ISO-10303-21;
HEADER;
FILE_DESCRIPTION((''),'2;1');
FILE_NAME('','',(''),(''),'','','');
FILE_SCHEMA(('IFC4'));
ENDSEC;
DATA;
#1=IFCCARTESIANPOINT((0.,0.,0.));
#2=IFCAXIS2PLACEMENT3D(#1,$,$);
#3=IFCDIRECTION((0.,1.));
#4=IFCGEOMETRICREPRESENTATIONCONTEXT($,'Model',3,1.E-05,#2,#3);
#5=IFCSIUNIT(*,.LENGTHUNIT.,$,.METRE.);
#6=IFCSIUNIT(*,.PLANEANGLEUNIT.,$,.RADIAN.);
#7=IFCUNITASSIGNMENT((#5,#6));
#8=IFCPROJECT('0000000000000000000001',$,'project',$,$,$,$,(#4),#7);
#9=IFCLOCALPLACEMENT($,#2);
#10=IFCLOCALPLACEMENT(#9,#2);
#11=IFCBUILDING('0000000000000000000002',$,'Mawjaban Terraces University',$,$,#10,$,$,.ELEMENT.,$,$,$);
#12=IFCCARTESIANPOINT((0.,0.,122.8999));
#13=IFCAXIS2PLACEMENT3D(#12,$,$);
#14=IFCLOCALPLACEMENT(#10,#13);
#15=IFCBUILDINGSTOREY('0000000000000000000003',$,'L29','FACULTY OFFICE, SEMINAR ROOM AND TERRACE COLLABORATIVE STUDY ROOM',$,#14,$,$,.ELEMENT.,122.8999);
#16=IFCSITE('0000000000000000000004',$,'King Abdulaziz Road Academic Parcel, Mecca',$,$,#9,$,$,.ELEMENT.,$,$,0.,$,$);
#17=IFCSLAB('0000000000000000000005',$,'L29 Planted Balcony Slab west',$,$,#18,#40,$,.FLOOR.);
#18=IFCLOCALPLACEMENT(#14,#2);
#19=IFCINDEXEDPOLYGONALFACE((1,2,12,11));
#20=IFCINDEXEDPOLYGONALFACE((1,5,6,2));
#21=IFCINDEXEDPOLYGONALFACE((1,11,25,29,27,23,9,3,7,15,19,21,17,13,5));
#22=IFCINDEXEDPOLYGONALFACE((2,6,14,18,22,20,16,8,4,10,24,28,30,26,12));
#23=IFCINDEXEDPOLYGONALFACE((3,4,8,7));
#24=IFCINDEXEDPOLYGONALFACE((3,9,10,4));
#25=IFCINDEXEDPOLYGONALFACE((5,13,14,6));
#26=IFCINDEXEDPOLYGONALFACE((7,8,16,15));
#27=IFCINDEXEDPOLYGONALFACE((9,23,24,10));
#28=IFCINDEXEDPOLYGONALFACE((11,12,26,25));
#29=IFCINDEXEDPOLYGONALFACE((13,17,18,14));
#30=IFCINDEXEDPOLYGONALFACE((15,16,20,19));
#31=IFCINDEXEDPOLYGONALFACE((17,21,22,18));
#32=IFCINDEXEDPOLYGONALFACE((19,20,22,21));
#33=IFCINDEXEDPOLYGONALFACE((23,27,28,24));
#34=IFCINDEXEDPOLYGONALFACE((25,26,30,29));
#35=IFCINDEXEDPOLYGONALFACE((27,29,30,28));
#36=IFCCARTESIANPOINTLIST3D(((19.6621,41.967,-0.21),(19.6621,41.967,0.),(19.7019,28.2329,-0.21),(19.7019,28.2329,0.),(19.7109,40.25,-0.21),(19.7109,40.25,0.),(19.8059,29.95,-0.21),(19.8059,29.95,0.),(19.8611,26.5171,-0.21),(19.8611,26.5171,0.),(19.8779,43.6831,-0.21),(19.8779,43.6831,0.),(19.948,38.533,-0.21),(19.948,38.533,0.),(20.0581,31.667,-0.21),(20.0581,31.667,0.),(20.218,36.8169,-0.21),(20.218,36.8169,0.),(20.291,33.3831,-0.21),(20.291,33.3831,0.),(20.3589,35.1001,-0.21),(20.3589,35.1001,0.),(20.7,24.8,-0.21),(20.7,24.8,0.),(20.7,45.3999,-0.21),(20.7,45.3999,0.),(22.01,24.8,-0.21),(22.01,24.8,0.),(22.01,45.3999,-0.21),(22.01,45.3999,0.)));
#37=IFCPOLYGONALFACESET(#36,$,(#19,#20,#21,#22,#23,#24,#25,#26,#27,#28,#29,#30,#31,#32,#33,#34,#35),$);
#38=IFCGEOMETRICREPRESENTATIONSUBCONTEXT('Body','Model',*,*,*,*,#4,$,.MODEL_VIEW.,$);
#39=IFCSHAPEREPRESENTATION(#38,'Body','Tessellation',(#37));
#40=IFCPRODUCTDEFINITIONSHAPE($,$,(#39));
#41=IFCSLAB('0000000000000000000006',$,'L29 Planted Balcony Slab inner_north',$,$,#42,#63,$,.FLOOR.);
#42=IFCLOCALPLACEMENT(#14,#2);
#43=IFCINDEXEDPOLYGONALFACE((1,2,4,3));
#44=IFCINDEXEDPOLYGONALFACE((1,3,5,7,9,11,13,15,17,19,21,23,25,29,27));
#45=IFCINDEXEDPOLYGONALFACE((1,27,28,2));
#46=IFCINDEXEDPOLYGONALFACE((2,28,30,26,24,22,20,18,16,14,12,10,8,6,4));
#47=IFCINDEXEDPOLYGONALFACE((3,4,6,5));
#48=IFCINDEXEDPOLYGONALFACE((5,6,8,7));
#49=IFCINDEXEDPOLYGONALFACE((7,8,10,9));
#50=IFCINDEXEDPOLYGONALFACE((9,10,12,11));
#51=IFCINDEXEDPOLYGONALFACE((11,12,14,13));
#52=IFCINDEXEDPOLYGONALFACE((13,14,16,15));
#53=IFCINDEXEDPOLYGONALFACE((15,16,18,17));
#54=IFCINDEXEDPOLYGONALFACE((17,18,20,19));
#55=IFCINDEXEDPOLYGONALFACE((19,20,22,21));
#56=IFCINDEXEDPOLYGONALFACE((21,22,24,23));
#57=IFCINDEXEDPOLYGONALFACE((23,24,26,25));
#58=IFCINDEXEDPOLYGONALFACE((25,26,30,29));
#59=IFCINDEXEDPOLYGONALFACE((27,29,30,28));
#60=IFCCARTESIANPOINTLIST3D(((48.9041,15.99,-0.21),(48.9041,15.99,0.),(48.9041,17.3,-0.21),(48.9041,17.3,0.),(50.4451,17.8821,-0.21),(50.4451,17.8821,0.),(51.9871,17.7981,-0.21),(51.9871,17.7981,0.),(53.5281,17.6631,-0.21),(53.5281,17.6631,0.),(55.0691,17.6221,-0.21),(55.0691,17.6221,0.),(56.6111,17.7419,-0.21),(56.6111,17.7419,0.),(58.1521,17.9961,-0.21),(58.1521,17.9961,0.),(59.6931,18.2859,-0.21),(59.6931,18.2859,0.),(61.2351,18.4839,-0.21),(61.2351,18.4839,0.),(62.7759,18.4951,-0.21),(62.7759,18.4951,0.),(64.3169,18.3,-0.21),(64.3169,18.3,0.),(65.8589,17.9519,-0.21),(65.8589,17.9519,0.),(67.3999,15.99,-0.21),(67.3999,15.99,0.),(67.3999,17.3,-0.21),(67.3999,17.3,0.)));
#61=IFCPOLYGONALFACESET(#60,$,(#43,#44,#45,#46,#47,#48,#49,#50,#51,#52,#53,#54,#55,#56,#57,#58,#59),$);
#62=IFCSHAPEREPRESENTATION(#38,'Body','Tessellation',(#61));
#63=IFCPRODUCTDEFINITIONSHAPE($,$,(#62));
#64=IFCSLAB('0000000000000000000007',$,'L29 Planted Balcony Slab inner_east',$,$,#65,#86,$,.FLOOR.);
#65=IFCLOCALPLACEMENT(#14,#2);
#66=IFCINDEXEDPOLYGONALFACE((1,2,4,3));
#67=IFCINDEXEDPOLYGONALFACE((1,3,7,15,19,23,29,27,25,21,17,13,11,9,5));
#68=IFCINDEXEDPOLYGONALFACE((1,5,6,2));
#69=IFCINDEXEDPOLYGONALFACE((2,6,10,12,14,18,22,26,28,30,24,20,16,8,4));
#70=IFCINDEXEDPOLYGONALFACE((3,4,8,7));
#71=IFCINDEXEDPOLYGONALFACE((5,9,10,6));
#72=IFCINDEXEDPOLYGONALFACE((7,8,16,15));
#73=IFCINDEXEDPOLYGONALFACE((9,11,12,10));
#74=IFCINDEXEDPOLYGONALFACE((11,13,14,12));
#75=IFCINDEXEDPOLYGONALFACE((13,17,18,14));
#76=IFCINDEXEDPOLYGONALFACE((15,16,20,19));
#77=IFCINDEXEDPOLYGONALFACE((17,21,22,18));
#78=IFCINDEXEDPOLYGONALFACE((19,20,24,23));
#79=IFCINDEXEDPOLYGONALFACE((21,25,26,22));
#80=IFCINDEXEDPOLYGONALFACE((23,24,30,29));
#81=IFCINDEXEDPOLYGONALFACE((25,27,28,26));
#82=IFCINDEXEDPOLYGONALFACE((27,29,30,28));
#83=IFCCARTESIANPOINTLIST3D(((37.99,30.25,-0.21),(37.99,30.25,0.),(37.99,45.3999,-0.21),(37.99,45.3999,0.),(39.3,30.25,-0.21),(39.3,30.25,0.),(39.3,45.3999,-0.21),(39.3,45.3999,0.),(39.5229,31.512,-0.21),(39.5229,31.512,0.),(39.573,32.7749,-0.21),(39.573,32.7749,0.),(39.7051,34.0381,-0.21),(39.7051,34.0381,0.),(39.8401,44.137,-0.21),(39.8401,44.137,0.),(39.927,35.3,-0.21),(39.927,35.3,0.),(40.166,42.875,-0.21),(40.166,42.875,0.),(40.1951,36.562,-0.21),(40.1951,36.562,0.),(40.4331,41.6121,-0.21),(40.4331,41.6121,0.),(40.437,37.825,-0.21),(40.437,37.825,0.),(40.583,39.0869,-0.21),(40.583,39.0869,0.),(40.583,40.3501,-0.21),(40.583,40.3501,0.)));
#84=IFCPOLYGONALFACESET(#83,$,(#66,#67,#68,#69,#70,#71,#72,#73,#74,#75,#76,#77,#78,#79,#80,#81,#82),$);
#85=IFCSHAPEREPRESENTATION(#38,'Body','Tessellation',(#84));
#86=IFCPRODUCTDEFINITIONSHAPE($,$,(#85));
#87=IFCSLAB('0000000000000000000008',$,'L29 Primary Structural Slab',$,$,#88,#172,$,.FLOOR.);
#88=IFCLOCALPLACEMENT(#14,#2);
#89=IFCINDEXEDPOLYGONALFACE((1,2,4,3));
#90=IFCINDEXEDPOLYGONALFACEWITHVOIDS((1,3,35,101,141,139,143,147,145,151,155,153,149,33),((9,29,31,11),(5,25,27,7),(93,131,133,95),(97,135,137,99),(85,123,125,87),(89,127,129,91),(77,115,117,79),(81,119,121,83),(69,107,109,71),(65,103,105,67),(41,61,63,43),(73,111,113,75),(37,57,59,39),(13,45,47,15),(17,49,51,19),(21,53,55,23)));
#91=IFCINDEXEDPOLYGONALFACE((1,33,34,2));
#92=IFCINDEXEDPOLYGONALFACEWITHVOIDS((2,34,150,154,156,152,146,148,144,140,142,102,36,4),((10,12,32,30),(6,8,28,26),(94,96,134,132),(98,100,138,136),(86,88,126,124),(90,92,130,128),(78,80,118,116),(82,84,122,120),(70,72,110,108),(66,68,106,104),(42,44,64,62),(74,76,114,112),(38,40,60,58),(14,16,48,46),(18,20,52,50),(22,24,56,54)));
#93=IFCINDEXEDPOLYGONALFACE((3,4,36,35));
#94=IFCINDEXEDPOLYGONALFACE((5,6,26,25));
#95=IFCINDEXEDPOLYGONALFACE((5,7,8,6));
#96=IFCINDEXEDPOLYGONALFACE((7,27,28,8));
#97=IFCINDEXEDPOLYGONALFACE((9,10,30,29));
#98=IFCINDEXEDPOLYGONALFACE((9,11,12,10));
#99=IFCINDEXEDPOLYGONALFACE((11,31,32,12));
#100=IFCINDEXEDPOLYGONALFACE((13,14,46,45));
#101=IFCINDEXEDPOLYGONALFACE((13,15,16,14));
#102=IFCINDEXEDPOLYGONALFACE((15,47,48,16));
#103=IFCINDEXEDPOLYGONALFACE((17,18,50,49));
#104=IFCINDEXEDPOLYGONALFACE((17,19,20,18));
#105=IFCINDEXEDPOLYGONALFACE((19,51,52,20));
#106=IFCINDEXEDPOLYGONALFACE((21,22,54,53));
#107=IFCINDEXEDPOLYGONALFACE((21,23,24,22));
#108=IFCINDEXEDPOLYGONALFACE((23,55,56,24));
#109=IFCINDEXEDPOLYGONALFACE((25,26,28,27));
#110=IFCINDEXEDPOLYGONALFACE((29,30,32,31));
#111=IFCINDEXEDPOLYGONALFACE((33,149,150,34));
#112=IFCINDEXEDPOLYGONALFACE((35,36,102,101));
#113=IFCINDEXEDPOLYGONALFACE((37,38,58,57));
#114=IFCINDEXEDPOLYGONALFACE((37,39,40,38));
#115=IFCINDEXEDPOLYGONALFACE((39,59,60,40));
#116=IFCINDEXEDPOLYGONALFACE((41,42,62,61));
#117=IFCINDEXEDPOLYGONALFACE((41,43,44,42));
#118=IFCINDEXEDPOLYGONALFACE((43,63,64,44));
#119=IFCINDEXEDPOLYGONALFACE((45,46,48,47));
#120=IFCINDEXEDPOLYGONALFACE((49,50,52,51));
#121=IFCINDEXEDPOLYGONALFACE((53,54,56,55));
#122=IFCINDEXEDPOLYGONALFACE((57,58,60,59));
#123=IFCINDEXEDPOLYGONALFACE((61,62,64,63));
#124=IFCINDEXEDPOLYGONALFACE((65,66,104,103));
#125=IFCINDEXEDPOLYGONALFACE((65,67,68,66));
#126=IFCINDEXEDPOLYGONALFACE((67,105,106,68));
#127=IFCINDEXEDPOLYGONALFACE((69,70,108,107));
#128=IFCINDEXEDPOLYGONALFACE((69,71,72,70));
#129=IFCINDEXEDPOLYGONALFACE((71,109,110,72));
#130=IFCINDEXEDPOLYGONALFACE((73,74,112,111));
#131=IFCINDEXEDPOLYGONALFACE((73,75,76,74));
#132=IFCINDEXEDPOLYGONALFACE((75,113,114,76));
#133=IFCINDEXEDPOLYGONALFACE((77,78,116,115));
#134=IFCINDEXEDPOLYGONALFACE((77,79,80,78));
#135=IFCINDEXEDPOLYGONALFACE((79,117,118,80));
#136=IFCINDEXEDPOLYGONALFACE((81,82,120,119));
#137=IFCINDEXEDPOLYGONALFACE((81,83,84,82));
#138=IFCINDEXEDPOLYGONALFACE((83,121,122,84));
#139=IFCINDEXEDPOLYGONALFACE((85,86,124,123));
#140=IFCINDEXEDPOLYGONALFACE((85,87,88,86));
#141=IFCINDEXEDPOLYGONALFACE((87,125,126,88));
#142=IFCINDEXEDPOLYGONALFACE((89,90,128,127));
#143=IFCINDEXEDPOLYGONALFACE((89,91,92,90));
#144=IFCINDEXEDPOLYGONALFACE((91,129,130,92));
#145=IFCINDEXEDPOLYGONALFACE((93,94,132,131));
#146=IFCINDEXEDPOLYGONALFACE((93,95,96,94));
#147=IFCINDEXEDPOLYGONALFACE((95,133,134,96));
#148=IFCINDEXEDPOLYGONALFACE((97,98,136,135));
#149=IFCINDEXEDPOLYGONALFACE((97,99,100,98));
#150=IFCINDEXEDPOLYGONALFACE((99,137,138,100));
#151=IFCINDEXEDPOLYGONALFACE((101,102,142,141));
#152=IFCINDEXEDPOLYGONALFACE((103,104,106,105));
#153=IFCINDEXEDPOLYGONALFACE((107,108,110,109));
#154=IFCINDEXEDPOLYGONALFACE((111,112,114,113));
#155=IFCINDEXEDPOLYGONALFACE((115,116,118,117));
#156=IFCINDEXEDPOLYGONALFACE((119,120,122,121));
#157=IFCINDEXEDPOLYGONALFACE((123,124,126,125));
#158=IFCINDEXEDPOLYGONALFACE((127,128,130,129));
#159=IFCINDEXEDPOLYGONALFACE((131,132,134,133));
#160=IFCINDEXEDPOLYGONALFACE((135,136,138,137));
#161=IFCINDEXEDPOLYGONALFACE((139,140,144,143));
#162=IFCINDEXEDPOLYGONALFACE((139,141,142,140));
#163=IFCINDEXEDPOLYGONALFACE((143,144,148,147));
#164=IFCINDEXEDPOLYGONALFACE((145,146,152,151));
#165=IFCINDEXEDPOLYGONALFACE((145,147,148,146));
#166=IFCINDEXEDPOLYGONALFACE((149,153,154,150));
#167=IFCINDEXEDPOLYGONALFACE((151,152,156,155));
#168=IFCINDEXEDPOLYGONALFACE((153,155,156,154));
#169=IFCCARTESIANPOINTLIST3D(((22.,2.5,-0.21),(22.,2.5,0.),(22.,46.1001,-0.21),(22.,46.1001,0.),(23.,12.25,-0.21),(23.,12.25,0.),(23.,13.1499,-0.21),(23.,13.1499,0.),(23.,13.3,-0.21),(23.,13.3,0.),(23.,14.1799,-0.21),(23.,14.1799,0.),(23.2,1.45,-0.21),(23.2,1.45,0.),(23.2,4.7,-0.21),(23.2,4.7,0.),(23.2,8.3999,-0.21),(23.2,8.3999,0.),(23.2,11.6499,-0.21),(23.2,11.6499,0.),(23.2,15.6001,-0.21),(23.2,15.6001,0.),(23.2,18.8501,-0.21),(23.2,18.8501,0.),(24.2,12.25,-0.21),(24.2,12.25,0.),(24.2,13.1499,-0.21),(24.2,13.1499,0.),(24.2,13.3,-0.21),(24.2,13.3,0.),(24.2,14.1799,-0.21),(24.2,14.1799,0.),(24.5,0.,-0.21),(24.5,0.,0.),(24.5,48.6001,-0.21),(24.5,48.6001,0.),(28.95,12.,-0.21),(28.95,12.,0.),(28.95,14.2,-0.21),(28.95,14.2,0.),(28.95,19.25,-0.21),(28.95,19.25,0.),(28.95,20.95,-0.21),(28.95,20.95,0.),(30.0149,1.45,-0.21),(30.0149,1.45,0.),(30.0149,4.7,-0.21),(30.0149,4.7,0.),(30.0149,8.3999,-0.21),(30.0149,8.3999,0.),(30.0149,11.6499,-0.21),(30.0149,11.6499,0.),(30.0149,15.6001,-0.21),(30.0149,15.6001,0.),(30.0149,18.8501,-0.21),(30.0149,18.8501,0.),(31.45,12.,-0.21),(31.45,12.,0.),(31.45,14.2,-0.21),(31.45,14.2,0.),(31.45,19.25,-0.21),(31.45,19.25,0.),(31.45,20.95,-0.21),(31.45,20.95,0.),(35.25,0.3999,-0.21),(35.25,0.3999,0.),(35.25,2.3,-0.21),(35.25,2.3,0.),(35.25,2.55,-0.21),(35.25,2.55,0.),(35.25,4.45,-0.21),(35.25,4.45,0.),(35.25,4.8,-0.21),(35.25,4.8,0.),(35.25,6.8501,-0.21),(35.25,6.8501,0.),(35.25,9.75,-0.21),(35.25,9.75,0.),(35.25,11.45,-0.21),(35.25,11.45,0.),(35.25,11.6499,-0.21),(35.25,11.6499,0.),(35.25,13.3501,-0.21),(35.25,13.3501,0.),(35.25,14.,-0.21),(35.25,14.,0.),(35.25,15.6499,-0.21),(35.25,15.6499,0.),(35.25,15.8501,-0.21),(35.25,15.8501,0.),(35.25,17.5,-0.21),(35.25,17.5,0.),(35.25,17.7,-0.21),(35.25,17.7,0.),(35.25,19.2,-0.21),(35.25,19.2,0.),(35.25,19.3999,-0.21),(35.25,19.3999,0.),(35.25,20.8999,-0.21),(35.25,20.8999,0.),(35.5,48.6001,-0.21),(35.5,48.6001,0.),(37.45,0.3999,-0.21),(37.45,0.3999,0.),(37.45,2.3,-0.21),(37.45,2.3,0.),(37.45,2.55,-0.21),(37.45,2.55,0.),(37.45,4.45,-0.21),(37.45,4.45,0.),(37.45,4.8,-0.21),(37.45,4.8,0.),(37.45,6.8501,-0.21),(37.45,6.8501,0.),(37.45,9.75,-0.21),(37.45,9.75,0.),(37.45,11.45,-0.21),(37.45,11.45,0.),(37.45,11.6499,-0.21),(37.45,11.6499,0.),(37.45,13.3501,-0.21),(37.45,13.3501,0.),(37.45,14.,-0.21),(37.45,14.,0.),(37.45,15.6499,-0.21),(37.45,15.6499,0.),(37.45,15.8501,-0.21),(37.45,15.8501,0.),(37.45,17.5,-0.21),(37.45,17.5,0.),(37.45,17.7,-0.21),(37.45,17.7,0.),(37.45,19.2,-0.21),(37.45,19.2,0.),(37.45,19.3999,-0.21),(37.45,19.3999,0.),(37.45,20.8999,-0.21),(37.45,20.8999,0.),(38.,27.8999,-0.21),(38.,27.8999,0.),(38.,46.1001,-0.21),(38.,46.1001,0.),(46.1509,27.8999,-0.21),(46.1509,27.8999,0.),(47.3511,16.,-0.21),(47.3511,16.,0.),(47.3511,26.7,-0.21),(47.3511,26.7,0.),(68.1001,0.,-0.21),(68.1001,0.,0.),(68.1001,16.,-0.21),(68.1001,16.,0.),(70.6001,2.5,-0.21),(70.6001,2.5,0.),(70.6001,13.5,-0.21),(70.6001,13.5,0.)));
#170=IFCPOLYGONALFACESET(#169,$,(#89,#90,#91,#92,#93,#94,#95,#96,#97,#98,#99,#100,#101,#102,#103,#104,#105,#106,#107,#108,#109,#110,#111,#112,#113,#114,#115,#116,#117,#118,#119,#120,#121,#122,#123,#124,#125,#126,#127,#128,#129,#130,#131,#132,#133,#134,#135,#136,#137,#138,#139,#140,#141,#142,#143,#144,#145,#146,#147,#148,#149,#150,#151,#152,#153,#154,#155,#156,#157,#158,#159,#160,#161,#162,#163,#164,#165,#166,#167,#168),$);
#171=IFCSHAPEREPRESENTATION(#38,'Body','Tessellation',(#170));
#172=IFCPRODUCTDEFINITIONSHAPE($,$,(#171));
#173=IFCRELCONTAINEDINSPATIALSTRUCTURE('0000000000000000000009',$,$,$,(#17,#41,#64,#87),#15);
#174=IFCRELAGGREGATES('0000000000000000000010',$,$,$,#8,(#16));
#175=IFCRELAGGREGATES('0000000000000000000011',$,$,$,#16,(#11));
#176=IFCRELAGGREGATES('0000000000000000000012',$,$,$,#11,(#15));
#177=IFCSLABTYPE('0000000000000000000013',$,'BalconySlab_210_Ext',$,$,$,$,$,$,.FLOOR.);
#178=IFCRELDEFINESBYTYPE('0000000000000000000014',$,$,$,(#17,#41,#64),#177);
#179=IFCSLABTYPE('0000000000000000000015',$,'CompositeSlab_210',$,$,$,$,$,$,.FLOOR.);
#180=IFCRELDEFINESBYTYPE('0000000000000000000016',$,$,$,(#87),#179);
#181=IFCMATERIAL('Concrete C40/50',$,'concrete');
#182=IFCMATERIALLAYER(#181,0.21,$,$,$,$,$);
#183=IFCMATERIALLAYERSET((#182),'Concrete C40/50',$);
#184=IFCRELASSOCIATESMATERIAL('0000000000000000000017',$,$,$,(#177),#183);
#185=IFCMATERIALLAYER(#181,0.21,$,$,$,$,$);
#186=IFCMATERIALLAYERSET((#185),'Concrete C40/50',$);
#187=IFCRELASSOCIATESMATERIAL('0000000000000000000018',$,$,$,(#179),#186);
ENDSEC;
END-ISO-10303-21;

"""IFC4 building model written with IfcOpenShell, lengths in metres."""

from ifc_helpers import new_model, si_unit, direction, frame, origin, place, context, subcontext, project, spatial, polyline, outline, extrude, material, layer, layer_set, type_object, element, save


model = new_model("IFC4")

# Units and contexts
model_context = context("Model", 3, precision=1e-05, world=origin(), true_north=direction((0.0, 1.0)))
body_context = subcontext(model_context, "Body", "Model", "MODEL_VIEW")
ifc_project = project(units=[si_unit("LENGTHUNIT", "METRE"), si_unit("PLANEANGLEUNIT", "RADIAN")], contexts=[model_context])

# Site, building, storey
site_placement = place(None, origin())
site = spatial("IfcSite", under=ifc_project, at=site_placement, Name="King Abdulaziz Road Academic Parcel, Mecca", CompositionType="ELEMENT", RefElevation=0.0)
building_placement = place(site_placement, origin())
building = spatial("IfcBuilding", under=site, at=building_placement, Name="Mawjaban Terraces University", CompositionType="ELEMENT")
storey_placement = place(building_placement, frame((0.0, 0.0, 122.8999)))
storey = spatial("IfcBuildingStorey", under=building, at=storey_placement, Name="L29", Description="FACULTY OFFICE, SEMINAR ROOM AND TERRACE COLLABORATIVE STUDY ROOM", CompositionType="ELEMENT", Elevation=122.8999)

# Slabs
ifc_material_1 = material(Name="Concrete C40/50", Category="concrete")
ifc_layer_1 = layer(ifc_material_1, 0.21)
ifc_layer_set_1 = layer_set([ifc_layer_1], Name="Concrete C40/50")
slab_type_1 = type_object("IfcSlabType", Name="BalconySlab_210_Ext", PredefinedType="FLOOR", material=ifc_layer_set_1)
slab_1_placement = place(storey_placement, frame((0.0, 0.0, -0.21)))
element("IfcSlab", 1, at=slab_1_placement, inside=storey, type_object=slab_type_1, Name="L29 Planted Balcony Slab west", PredefinedType="FLOOR", context=body_context, shape_type="SweptSolid", body=[
    extrude(outline(polyline([(22.01, 24.8), (22.01, 45.3999), (20.7, 45.3999), (19.8779, 43.6831), (19.6621, 41.967), (19.7109, 40.25), (19.948, 38.533), (20.218, 36.8169), (20.3589, 35.1001), (20.291, 33.3831), (20.0581, 31.667), (19.8059, 29.95), (19.7019, 28.2329), (19.8611, 26.5171), (20.7, 24.8), (22.01, 24.8)])), origin(), (0.0, 0.0, 1.0), 0.21),
])
slab_2_placement = place(storey_placement, frame((0.0, 0.0, -0.21)))
element("IfcSlab", 2, at=slab_2_placement, inside=storey, type_object=slab_type_1, Name="L29 Planted Balcony Slab inner_north", PredefinedType="FLOOR", context=body_context, shape_type="SweptSolid", body=[
    extrude(outline(polyline([(48.9041, 15.99), (67.3999, 15.99), (67.3999, 17.3), (65.8589, 17.9519), (64.3169, 18.3), (62.7759, 18.4951), (61.2351, 18.4839), (59.6931, 18.2859), (58.1521, 17.9961), (56.6111, 17.7419), (55.0691, 17.6221), (53.5281, 17.6631), (51.9871, 17.7981), (50.4451, 17.8821), (48.9041, 17.3), (48.9041, 15.99)])), origin(), (0.0, 0.0, 1.0), 0.21),
])
slab_3_placement = place(storey_placement, frame((0.0, 0.0, -0.21)))
element("IfcSlab", 3, at=slab_3_placement, inside=storey, type_object=slab_type_1, Name="L29 Planted Balcony Slab inner_east", PredefinedType="FLOOR", context=body_context, shape_type="SweptSolid", body=[
    extrude(outline(polyline([(39.3, 30.25), (39.5229, 31.512), (39.573, 32.7749), (39.7051, 34.0381), (39.927, 35.3), (40.1951, 36.562), (40.437, 37.825), (40.583, 39.0869), (40.583, 40.3501), (40.4331, 41.6121), (40.166, 42.875), (39.8401, 44.137), (39.3, 45.3999), (37.99, 45.3999), (37.99, 30.25), (39.3, 30.25)])), origin(), (0.0, 0.0, 1.0), 0.21),
])
ifc_layer_2 = layer(ifc_material_1, 0.21)
ifc_layer_set_2 = layer_set([ifc_layer_2], Name="Concrete C40/50")
slab_type_2 = type_object("IfcSlabType", Name="CompositeSlab_210", PredefinedType="FLOOR", material=ifc_layer_set_2)
slab_4_placement = place(storey_placement, frame((0.0, 0.0, -0.21)))
element("IfcSlab", 4, at=slab_4_placement, inside=storey, type_object=slab_type_2, Name="L29 Primary Structural Slab", PredefinedType="FLOOR", context=body_context, shape_type="SweptSolid", body=[
    extrude(outline(polyline([(24.5, 0.0), (68.1001, 0.0), (70.6001, 2.5), (70.6001, 13.5), (68.1001, 16.0), (47.3511, 16.0), (47.3511, 26.7), (46.1509, 27.8999), (38.0, 27.8999), (38.0, 46.1001), (35.5, 48.6001), (24.5, 48.6001), (22.0, 46.1001), (22.0, 2.5), (24.5, 0.0)]), holes=[polyline([(30.0149, 4.7), (23.2, 4.7), (23.2, 1.45), (30.0149, 1.45), (30.0149, 4.7)]), polyline([(30.0149, 18.8501), (23.2, 18.8501), (23.2, 15.6001), (30.0149, 15.6001), (30.0149, 18.8501)]), polyline([(30.0149, 11.6499), (23.2, 11.6499), (23.2, 8.3999), (30.0149, 8.3999), (30.0149, 11.6499)]), polyline([(35.25, 0.3999), (37.45, 0.3999), (37.45, 2.3), (35.25, 2.3), (35.25, 0.3999)]), polyline([(35.25, 2.55), (37.45, 2.55), (37.45, 4.45), (35.25, 4.45), (35.25, 2.55)]), polyline([(35.25, 4.8), (37.45, 4.8), (37.45, 6.8501), (35.25, 6.8501), (35.25, 4.8)]), polyline([(35.25, 9.75), (37.45, 9.75), (37.45, 11.45), (35.25, 11.45), (35.25, 9.75)]), polyline([(35.25, 11.6499), (37.45, 11.6499), (37.45, 13.3501), (35.25, 13.3501), (35.25, 11.6499)]), polyline([(28.95, 12.0), (31.45, 12.0), (31.45, 14.2), (28.95, 14.2), (28.95, 12.0)]), polyline([(35.25, 14.0), (37.45, 14.0), (37.45, 15.6499), (35.25, 15.6499), (35.25, 14.0)]), polyline([(35.25, 15.8501), (37.45, 15.8501), (37.45, 17.5), (35.25, 17.5), (35.25, 15.8501)]), polyline([(35.25, 17.7), (37.45, 17.7), (37.45, 19.2), (35.25, 19.2), (35.25, 17.7)]), polyline([(35.25, 19.3999), (37.45, 19.3999), (37.45, 20.8999), (35.25, 20.8999), (35.25, 19.3999)]), polyline([(28.95, 19.25), (31.45, 19.25), (31.45, 20.95), (28.95, 20.95), (28.95, 19.25)]), polyline([(23.0, 12.25), (24.2, 12.25), (24.2, 13.1499), (23.0, 13.1499), (23.0, 12.25)]), polyline([(23.0, 13.3), (24.2, 13.3), (24.2, 14.1799), (23.0, 14.1799), (23.0, 13.3)])]), origin(), (0.0, 0.0, 1.0), 0.21),
])

save(model, "model.ifc")
